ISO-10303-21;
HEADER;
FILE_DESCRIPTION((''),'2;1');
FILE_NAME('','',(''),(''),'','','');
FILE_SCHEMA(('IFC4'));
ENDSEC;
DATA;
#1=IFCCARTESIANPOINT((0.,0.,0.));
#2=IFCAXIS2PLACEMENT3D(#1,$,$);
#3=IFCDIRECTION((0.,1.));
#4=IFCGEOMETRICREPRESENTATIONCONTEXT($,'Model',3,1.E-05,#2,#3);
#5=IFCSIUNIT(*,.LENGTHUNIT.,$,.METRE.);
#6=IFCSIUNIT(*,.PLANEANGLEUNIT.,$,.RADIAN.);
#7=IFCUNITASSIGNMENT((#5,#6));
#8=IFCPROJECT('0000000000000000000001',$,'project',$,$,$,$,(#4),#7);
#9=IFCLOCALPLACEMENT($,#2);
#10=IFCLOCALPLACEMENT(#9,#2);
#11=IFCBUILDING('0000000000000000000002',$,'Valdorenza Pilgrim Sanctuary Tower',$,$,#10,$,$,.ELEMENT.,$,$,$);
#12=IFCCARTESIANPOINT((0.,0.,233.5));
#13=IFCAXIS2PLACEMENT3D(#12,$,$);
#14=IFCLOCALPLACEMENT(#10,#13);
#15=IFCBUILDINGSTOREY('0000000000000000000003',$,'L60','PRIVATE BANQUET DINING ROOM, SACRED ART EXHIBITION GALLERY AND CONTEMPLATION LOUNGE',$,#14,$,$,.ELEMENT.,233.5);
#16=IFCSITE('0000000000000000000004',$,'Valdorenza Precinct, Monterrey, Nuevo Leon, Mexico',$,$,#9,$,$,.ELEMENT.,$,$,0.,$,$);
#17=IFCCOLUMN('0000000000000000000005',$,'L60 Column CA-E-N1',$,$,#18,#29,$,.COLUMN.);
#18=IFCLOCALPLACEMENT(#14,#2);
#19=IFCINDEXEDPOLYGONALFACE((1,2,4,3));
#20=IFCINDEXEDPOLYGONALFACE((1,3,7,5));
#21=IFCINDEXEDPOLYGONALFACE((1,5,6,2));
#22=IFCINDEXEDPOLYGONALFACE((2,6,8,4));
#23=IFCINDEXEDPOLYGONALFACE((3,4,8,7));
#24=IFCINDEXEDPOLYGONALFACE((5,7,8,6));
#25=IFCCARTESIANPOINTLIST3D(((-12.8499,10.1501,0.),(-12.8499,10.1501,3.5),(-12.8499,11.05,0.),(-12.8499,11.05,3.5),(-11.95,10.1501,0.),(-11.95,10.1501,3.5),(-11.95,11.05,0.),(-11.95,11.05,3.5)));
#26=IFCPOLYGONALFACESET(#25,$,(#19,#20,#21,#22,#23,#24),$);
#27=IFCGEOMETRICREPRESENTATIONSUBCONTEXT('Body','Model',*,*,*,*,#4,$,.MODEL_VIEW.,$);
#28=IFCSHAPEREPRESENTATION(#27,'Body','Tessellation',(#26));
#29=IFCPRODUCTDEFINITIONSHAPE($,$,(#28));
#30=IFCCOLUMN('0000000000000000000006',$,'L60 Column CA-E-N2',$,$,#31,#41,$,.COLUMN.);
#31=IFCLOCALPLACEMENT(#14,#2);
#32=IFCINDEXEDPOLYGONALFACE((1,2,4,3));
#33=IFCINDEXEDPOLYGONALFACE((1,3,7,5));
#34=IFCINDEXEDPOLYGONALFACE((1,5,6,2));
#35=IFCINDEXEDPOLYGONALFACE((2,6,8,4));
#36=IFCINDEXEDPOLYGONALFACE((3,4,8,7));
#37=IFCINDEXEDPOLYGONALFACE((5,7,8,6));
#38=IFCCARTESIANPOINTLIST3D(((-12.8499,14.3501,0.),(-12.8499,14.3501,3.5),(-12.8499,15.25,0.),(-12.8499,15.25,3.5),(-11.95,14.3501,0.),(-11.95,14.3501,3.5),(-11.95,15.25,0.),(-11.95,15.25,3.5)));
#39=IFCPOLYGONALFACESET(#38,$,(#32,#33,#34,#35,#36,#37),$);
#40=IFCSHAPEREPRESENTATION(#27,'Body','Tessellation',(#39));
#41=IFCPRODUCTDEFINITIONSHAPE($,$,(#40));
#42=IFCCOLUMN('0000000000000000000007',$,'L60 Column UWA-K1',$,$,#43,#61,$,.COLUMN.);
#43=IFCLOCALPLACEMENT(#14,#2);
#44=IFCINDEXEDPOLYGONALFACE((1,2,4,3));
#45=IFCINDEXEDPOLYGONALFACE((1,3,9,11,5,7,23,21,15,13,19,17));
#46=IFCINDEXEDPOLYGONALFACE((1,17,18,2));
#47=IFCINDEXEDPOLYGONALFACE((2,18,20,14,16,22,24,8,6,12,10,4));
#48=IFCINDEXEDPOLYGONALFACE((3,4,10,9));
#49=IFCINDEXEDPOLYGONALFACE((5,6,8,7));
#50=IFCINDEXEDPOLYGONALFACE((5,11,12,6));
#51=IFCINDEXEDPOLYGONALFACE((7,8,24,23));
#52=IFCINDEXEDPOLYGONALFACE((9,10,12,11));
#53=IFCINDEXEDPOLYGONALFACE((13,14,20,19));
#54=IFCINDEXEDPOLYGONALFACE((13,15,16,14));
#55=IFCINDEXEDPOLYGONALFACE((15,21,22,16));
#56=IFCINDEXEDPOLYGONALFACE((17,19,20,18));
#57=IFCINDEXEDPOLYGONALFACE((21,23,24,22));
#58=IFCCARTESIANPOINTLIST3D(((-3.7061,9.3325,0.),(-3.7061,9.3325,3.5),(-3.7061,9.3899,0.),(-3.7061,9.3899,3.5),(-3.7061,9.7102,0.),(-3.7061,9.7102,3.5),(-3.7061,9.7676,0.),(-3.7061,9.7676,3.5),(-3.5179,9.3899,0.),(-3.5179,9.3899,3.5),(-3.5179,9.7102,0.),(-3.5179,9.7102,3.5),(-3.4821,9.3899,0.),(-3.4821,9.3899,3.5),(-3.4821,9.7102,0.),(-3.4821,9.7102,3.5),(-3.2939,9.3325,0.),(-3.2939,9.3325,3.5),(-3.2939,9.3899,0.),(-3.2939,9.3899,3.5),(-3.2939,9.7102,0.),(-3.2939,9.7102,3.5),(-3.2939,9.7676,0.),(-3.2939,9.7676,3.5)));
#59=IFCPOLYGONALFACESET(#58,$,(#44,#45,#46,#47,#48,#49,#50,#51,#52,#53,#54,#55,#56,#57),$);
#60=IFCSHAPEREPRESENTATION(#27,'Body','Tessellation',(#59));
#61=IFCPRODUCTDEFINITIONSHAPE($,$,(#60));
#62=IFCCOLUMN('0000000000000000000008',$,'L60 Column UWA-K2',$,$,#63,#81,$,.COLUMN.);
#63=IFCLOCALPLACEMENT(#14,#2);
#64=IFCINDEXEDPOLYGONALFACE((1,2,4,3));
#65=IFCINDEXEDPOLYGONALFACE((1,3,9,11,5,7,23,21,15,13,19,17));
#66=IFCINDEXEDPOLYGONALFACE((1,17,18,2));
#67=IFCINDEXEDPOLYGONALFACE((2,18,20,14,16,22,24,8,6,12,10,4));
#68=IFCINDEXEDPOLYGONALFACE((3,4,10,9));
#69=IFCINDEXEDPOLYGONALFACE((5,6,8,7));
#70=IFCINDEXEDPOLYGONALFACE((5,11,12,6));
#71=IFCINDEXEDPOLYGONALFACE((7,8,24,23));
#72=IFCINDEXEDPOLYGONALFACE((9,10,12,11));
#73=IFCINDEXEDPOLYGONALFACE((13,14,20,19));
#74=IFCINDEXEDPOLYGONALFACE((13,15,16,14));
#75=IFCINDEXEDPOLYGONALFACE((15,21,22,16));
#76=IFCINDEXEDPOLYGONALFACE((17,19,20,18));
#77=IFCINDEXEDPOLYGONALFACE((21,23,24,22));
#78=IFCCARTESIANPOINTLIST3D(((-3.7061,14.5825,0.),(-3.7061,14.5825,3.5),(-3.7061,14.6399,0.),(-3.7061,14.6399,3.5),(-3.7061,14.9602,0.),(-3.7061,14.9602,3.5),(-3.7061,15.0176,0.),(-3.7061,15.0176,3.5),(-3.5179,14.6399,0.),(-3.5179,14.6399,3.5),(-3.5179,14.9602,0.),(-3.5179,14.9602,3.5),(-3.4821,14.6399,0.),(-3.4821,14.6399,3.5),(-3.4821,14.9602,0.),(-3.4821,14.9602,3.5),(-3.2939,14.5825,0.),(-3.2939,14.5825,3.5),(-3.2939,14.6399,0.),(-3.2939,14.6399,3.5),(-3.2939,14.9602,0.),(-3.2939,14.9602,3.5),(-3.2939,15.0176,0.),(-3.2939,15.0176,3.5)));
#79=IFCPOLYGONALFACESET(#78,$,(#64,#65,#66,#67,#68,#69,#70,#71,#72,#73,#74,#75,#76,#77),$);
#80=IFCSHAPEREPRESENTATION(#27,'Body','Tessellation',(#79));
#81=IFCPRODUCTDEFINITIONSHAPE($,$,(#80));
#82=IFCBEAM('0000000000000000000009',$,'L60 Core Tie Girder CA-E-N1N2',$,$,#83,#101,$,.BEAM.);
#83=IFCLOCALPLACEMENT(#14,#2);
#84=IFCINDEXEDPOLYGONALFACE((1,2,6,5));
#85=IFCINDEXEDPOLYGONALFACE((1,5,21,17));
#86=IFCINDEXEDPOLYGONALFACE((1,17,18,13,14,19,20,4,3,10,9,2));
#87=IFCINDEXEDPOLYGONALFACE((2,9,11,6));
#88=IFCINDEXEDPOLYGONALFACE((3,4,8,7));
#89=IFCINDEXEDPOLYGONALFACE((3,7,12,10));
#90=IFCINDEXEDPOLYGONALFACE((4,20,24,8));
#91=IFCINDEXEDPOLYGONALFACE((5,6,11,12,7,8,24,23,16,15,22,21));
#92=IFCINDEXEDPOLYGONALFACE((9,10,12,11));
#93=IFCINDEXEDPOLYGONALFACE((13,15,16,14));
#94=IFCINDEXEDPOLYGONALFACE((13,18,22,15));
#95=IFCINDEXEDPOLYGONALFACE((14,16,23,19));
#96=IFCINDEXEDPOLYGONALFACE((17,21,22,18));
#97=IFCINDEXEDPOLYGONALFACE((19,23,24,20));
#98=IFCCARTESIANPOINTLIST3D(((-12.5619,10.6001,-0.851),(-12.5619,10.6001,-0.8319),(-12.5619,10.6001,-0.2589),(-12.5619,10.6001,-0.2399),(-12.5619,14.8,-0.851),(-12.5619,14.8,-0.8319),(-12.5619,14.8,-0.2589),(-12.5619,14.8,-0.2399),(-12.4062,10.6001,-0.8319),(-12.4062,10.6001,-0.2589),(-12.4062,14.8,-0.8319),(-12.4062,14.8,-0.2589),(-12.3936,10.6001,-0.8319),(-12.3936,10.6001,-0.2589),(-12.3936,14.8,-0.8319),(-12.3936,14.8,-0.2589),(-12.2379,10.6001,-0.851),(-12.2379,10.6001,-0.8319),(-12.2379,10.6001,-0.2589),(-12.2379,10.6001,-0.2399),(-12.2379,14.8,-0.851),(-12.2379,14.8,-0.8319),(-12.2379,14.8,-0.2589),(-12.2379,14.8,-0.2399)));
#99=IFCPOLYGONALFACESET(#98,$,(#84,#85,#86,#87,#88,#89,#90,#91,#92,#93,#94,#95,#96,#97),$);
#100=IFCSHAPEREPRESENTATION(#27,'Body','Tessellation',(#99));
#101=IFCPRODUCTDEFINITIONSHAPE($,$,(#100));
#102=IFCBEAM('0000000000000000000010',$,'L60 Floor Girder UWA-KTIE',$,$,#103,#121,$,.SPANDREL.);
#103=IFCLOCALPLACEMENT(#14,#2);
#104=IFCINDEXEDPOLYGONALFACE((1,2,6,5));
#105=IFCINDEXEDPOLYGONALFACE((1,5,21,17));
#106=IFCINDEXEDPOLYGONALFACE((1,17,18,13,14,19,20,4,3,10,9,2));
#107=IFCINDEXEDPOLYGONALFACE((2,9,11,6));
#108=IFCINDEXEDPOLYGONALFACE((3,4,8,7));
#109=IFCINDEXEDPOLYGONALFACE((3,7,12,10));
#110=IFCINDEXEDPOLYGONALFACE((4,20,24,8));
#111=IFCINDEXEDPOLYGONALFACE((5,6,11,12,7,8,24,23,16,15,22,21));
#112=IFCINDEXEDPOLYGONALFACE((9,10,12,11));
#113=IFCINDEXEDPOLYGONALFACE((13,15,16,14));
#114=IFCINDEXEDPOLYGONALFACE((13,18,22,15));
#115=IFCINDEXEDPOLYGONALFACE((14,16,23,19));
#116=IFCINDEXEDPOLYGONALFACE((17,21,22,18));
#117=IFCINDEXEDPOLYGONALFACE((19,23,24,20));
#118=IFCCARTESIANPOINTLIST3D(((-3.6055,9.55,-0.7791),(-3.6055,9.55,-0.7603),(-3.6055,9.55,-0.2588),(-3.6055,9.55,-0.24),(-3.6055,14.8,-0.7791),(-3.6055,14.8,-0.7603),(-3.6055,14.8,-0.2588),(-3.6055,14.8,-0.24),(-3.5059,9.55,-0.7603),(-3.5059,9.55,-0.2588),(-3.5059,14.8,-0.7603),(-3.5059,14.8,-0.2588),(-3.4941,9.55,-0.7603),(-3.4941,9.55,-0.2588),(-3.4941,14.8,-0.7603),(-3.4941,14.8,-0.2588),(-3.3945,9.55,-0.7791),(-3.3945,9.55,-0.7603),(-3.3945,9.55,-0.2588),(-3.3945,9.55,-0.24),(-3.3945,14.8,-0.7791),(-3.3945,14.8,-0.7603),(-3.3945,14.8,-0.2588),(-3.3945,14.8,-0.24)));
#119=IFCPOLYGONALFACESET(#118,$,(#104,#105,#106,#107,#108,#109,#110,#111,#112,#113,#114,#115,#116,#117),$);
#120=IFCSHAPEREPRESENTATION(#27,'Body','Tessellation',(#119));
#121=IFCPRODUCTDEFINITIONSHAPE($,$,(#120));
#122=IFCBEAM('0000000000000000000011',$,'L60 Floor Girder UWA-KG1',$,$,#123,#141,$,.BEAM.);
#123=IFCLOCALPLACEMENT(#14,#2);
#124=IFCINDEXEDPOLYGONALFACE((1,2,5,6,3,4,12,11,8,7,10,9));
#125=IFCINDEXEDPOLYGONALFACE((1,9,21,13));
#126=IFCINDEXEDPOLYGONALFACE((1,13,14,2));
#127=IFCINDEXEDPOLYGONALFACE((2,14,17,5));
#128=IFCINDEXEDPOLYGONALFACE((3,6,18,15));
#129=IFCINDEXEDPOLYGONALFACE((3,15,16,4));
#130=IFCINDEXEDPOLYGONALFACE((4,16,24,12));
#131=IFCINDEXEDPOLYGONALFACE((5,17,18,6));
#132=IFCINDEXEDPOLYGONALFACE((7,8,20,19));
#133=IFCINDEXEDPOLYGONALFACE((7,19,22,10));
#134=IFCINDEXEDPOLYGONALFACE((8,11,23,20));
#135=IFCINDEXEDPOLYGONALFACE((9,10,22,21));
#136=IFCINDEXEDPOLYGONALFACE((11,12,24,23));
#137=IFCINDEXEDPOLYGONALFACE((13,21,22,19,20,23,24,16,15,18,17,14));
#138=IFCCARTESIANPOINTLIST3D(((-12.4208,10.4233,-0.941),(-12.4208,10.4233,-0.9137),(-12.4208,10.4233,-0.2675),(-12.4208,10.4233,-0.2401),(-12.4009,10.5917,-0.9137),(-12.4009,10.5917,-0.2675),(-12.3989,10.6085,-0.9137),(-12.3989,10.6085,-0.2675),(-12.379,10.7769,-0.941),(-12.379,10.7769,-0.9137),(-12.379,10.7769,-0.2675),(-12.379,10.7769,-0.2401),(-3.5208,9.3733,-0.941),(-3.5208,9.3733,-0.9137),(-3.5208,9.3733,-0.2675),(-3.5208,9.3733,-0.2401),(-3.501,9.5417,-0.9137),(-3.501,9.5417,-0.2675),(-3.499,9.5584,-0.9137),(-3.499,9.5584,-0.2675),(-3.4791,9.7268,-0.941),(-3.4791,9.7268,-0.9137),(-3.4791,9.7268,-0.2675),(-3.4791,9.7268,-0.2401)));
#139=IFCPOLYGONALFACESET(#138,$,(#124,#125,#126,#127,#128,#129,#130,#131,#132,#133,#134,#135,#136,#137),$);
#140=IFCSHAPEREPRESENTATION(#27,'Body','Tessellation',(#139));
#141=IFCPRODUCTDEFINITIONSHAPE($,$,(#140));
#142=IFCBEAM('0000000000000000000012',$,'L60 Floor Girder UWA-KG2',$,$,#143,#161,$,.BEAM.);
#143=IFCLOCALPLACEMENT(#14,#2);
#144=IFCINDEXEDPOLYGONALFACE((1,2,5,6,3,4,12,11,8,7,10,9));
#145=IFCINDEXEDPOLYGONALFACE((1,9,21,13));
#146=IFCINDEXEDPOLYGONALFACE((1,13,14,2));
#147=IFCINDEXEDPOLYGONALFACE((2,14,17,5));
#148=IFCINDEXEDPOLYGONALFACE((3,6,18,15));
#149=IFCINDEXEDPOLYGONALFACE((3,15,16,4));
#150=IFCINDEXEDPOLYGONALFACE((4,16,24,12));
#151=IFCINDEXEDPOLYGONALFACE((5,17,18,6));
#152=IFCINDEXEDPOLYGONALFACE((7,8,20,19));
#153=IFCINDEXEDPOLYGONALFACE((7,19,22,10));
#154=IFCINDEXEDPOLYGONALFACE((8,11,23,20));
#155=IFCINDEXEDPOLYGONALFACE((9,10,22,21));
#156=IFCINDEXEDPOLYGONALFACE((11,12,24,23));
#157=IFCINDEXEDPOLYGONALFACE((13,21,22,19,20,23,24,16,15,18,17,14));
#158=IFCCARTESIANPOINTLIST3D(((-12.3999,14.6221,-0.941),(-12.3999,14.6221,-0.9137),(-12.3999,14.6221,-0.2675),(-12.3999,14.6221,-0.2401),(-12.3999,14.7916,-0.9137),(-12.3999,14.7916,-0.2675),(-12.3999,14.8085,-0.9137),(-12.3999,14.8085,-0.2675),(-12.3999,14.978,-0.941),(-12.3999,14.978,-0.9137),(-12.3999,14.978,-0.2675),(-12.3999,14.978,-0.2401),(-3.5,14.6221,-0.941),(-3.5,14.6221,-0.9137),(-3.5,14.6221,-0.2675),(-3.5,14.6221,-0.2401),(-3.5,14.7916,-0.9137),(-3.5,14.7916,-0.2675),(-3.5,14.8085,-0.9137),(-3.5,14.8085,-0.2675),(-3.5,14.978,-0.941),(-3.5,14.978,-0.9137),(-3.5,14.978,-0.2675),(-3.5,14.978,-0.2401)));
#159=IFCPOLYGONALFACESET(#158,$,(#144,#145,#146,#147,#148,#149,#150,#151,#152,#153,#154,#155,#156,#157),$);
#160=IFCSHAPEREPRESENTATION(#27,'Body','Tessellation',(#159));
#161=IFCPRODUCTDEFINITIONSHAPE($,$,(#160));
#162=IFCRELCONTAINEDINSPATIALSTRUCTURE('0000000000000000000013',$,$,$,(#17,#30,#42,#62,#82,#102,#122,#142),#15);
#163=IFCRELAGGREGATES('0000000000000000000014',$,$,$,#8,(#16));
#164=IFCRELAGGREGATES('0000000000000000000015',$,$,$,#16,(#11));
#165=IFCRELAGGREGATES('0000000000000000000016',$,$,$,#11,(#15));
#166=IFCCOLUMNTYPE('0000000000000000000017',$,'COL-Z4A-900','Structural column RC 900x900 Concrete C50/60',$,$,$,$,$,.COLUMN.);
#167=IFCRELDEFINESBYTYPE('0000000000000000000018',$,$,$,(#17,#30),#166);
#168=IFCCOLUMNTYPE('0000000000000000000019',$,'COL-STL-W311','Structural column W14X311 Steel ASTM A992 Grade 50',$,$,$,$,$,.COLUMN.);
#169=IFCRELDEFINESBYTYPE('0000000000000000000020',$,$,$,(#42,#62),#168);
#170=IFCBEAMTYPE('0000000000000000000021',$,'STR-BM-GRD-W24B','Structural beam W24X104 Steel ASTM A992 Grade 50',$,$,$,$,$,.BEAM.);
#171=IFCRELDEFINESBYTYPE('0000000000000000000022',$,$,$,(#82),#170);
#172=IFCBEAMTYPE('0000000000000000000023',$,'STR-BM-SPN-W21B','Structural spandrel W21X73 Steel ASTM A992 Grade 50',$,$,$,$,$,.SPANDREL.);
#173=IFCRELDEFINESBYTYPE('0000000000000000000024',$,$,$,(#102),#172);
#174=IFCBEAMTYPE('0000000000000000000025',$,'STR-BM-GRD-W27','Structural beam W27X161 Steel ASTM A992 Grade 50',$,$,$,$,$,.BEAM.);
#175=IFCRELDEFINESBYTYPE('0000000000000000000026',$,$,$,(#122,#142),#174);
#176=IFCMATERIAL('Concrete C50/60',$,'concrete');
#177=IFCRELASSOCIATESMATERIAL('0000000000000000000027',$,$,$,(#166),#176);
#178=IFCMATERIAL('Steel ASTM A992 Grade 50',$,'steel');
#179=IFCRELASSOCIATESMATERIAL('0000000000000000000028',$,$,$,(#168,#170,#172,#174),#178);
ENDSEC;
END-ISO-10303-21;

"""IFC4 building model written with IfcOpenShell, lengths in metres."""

from ifc_helpers import new_model, si_unit, direction, frame, origin, origin_2d, place, context, subcontext, project, spatial, rectangle, i_section, extrude, source, transform, mapped, material, material_profile, profile_set, type_object, element, save


model = new_model("IFC4")

# Units and contexts
model_context = context("Model", 3, precision=1e-05, world=origin(), true_north=direction((0.0, 1.0)))
body_context = subcontext(model_context, "Body", "Model", "MODEL_VIEW")
ifc_project = project(units=[si_unit("LENGTHUNIT", "METRE"), si_unit("PLANEANGLEUNIT", "RADIAN")], contexts=[model_context])

# Site, building, storey
site_placement = place(None, origin())
site = spatial("IfcSite", under=ifc_project, at=site_placement, Name="Valdorenza Precinct, Monterrey, Nuevo Leon, Mexico", CompositionType="ELEMENT", RefElevation=0.0)
building_placement = place(site_placement, origin())
building = spatial("IfcBuilding", under=site, at=building_placement, Name="Valdorenza Pilgrim Sanctuary Tower", CompositionType="ELEMENT")
storey_placement = place(building_placement, frame((0.0, 0.0, 233.5)))
storey = spatial("IfcBuildingStorey", under=building, at=storey_placement, Name="L60", Description="PRIVATE BANQUET DINING ROOM, SACRED ART EXHIBITION GALLERY AND CONTEMPLATION LOUNGE", CompositionType="ELEMENT", Elevation=233.5)

# Columns
ifc_material_1 = material(Name="Concrete C50/60", Category="concrete")
ifc_material_profile_1 = material_profile(ifc_material_1, rectangle(XDim=0.8999, YDim=0.8999, at=origin_2d()), Name="RC 900x900")
ifc_profile_set_1 = profile_set([ifc_material_profile_1], Name="Concrete C50/60")
column_type_1 = type_object("IfcColumnType", Name="COL-Z4A-900", Description="Structural column RC 900x900 Concrete C50/60", PredefinedType="COLUMN", material=ifc_profile_set_1)
shared_shape_1 = source(origin(), body_context, "Body", "SweptSolid", [
    extrude(rectangle(XDim=0.8999, YDim=0.8999, at=origin_2d()), origin(), (0.0, 0.0, 1.0), 3.5),
])
for number, where, z_axis, x_axis, name in (
    (1, (-12.3999, 10.6001, 0.0), (0.0, 0.0, 1.0), (1.0, 0.0, 0.0), "L60 Column CA-E-N1"),
    (2, (-12.3999, 14.8, 0.0), (0.0, 0.0, 1.0), (1.0, 0.0, 0.0), "L60 Column CA-E-N2"),
):
    element("IfcColumn", number, at=place(storey_placement, frame(where, z_axis=z_axis, x_axis=x_axis)), inside=storey, type_object=column_type_1, Name=name, PredefinedType="COLUMN", context=body_context, shape_type="MappedRepresentation", body=[
        mapped(shared_shape_1, transform((0.0, 0.0, 0.0), x_axis=(1.0, 0.0, 0.0), y_axis=(0.0, 1.0, 0.0), z_axis=(0.0, 0.0, 1.0), scale=1.0)),
    ])
ifc_material_2 = material(Name="Steel ASTM A992 Grade 50", Category="steel")
ifc_material_profile_2 = material_profile(ifc_material_2, i_section(OverallWidth=0.4121, OverallDepth=0.4351, WebThickness=0.0359, FlangeThickness=0.0574, at=origin_2d()), Name="W14X311")
ifc_profile_set_2 = profile_set([ifc_material_profile_2], Name="Steel ASTM A992 Grade 50")
column_type_2 = type_object("IfcColumnType", Name="COL-STL-W311", Description="Structural column W14X311 Steel ASTM A992 Grade 50", PredefinedType="COLUMN", material=ifc_profile_set_2)
shared_shape_2 = source(origin(), body_context, "Body", "SweptSolid", [
    extrude(i_section(OverallWidth=0.4121, OverallDepth=0.4351, WebThickness=0.0359, FlangeThickness=0.0574, at=origin_2d()), origin(), (0.0, 0.0, 1.0), 3.5),
])
for number, where, z_axis, x_axis, name in (
    (3, (-3.5, 9.55, 0.0), (0.0, 0.0, 1.0), (1.0, 0.0, 0.0), "L60 Column UWA-K1"),
    (4, (-3.5, 14.8, 0.0), (0.0, 0.0, 1.0), (1.0, 0.0, 0.0), "L60 Column UWA-K2"),
):
    element("IfcColumn", number, at=place(storey_placement, frame(where, z_axis=z_axis, x_axis=x_axis)), inside=storey, type_object=column_type_2, Name=name, PredefinedType="COLUMN", context=body_context, shape_type="MappedRepresentation", body=[
        mapped(shared_shape_2, transform((0.0, 0.0, 0.0), x_axis=(1.0, 0.0, 0.0), y_axis=(0.0, 1.0, 0.0), z_axis=(0.0, 0.0, 1.0), scale=1.0)),
    ])

# Beams
ifc_material_profile_3 = material_profile(ifc_material_2, i_section(OverallWidth=0.324, OverallDepth=0.6111, WebThickness=0.0127, FlangeThickness=0.019, at=origin_2d()), Name="W24X104")
ifc_profile_set_3 = profile_set([ifc_material_profile_3], Name="Steel ASTM A992 Grade 50")
beam_type_1 = type_object("IfcBeamType", Name="STR-BM-GRD-W24B", Description="Structural beam W24X104 Steel ASTM A992 Grade 50", PredefinedType="BEAM", material=ifc_profile_set_3)
shared_shape_3 = source(origin(), body_context, "Body", "SweptSolid", [
    extrude(i_section(OverallWidth=0.324, OverallDepth=0.6111, WebThickness=0.0127, FlangeThickness=0.019, at=origin_2d()), origin(), (0.0, 0.0, 1.0), 4.2),
])
beam_1_placement = place(storey_placement, frame((-12.3999, 10.6001, -0.5454), z_axis=(0.0, 1.0, 0.0), x_axis=(-1.0, 0.0, 0.0)))
element("IfcBeam", 5, at=beam_1_placement, inside=storey, type_object=beam_type_1, Name="L60 Core Tie Girder CA-E-N1N2", PredefinedType="BEAM", context=body_context, shape_type="MappedRepresentation", body=[
    mapped(shared_shape_3, transform((0.0, 0.0, 0.0), x_axis=(1.0, 0.0, 0.0), y_axis=(0.0, 1.0, 0.0), z_axis=(0.0, 0.0, 1.0), scale=1.0)),
])
ifc_material_profile_4 = material_profile(ifc_material_2, i_section(OverallWidth=0.2109, OverallDepth=0.5391, WebThickness=0.0117, FlangeThickness=0.0188, at=origin_2d()), Name="W21X73")
ifc_profile_set_4 = profile_set([ifc_material_profile_4], Name="Steel ASTM A992 Grade 50")
beam_type_2 = type_object("IfcBeamType", Name="STR-BM-SPN-W21B", Description="Structural spandrel W21X73 Steel ASTM A992 Grade 50", PredefinedType="SPANDREL", material=ifc_profile_set_4)
shared_shape_4 = source(origin(), body_context, "Body", "SweptSolid", [
    extrude(i_section(OverallWidth=0.2109, OverallDepth=0.5391, WebThickness=0.0117, FlangeThickness=0.0188, at=origin_2d()), origin(), (0.0, 0.0, 1.0), 5.25),
])
beam_2_placement = place(storey_placement, frame((-3.5, 9.55, -0.5095), z_axis=(0.0, 1.0, 0.0), x_axis=(-1.0, 0.0, 0.0)))
element("IfcBeam", 6, at=beam_2_placement, inside=storey, type_object=beam_type_2, Name="L60 Floor Girder UWA-KTIE", PredefinedType="SPANDREL", context=body_context, shape_type="MappedRepresentation", body=[
    mapped(shared_shape_4, transform((0.0, 0.0, 0.0), x_axis=(1.0, 0.0, 0.0), y_axis=(0.0, 1.0, 0.0), z_axis=(0.0, 0.0, 1.0), scale=1.0)),
])
ifc_material_profile_5 = material_profile(ifc_material_2, i_section(OverallWidth=0.356, OverallDepth=0.7009, WebThickness=0.0168, FlangeThickness=0.0273, at=origin_2d()), Name="W27X161")
ifc_profile_set_5 = profile_set([ifc_material_profile_5], Name="Steel ASTM A992 Grade 50")
beam_type_3 = type_object("IfcBeamType", Name="STR-BM-GRD-W27", Description="Structural beam W27X161 Steel ASTM A992 Grade 50", PredefinedType="BEAM", material=ifc_profile_set_5)
shared_shape_5 = source(origin(), body_context, "Body", "SweptSolid", [
    extrude(i_section(OverallWidth=0.356, OverallDepth=0.7009, WebThickness=0.0168, FlangeThickness=0.0273, at=origin_2d()), origin(), (0.0, 0.0, 1.0), 8.9617),
])
beam_3_placement = place(storey_placement, frame((-12.3999, 10.6001, -0.5906), z_axis=(0.993112, -0.117172, 0.0), x_axis=(0.117172, 0.993112, 0.0)))
element("IfcBeam", 7, at=beam_3_placement, inside=storey, type_object=beam_type_3, Name="L60 Floor Girder UWA-KG1", PredefinedType="BEAM", context=body_context, shape_type="MappedRepresentation", body=[
    mapped(shared_shape_5, transform((0.0, 0.0, 0.0), x_axis=(1.0, 0.0, 0.0), y_axis=(0.0, 1.0, 0.0), z_axis=(0.0, 0.0, 1.0), scale=1.0)),
])
shared_shape_6 = source(origin(), body_context, "Body", "SweptSolid", [
    extrude(i_section(OverallWidth=0.356, OverallDepth=0.7009, WebThickness=0.0168, FlangeThickness=0.0273, at=origin_2d()), origin(), (0.0, 0.0, 1.0), 8.8999),
])
beam_4_placement = place(storey_placement, frame((-12.3999, 14.8, -0.5906), z_axis=(1.0, 0.0, 0.0), x_axis=(0.0, 1.0, 0.0)))
element("IfcBeam", 8, at=beam_4_placement, inside=storey, type_object=beam_type_3, Name="L60 Floor Girder UWA-KG2", PredefinedType="BEAM", context=body_context, shape_type="MappedRepresentation", body=[
    mapped(shared_shape_6, transform((0.0, 0.0, 0.0), x_axis=(1.0, 0.0, 0.0), y_axis=(0.0, 1.0, 0.0), z_axis=(0.0, 0.0, 1.0), scale=1.0)),
])

save(model, "model.ifc")
